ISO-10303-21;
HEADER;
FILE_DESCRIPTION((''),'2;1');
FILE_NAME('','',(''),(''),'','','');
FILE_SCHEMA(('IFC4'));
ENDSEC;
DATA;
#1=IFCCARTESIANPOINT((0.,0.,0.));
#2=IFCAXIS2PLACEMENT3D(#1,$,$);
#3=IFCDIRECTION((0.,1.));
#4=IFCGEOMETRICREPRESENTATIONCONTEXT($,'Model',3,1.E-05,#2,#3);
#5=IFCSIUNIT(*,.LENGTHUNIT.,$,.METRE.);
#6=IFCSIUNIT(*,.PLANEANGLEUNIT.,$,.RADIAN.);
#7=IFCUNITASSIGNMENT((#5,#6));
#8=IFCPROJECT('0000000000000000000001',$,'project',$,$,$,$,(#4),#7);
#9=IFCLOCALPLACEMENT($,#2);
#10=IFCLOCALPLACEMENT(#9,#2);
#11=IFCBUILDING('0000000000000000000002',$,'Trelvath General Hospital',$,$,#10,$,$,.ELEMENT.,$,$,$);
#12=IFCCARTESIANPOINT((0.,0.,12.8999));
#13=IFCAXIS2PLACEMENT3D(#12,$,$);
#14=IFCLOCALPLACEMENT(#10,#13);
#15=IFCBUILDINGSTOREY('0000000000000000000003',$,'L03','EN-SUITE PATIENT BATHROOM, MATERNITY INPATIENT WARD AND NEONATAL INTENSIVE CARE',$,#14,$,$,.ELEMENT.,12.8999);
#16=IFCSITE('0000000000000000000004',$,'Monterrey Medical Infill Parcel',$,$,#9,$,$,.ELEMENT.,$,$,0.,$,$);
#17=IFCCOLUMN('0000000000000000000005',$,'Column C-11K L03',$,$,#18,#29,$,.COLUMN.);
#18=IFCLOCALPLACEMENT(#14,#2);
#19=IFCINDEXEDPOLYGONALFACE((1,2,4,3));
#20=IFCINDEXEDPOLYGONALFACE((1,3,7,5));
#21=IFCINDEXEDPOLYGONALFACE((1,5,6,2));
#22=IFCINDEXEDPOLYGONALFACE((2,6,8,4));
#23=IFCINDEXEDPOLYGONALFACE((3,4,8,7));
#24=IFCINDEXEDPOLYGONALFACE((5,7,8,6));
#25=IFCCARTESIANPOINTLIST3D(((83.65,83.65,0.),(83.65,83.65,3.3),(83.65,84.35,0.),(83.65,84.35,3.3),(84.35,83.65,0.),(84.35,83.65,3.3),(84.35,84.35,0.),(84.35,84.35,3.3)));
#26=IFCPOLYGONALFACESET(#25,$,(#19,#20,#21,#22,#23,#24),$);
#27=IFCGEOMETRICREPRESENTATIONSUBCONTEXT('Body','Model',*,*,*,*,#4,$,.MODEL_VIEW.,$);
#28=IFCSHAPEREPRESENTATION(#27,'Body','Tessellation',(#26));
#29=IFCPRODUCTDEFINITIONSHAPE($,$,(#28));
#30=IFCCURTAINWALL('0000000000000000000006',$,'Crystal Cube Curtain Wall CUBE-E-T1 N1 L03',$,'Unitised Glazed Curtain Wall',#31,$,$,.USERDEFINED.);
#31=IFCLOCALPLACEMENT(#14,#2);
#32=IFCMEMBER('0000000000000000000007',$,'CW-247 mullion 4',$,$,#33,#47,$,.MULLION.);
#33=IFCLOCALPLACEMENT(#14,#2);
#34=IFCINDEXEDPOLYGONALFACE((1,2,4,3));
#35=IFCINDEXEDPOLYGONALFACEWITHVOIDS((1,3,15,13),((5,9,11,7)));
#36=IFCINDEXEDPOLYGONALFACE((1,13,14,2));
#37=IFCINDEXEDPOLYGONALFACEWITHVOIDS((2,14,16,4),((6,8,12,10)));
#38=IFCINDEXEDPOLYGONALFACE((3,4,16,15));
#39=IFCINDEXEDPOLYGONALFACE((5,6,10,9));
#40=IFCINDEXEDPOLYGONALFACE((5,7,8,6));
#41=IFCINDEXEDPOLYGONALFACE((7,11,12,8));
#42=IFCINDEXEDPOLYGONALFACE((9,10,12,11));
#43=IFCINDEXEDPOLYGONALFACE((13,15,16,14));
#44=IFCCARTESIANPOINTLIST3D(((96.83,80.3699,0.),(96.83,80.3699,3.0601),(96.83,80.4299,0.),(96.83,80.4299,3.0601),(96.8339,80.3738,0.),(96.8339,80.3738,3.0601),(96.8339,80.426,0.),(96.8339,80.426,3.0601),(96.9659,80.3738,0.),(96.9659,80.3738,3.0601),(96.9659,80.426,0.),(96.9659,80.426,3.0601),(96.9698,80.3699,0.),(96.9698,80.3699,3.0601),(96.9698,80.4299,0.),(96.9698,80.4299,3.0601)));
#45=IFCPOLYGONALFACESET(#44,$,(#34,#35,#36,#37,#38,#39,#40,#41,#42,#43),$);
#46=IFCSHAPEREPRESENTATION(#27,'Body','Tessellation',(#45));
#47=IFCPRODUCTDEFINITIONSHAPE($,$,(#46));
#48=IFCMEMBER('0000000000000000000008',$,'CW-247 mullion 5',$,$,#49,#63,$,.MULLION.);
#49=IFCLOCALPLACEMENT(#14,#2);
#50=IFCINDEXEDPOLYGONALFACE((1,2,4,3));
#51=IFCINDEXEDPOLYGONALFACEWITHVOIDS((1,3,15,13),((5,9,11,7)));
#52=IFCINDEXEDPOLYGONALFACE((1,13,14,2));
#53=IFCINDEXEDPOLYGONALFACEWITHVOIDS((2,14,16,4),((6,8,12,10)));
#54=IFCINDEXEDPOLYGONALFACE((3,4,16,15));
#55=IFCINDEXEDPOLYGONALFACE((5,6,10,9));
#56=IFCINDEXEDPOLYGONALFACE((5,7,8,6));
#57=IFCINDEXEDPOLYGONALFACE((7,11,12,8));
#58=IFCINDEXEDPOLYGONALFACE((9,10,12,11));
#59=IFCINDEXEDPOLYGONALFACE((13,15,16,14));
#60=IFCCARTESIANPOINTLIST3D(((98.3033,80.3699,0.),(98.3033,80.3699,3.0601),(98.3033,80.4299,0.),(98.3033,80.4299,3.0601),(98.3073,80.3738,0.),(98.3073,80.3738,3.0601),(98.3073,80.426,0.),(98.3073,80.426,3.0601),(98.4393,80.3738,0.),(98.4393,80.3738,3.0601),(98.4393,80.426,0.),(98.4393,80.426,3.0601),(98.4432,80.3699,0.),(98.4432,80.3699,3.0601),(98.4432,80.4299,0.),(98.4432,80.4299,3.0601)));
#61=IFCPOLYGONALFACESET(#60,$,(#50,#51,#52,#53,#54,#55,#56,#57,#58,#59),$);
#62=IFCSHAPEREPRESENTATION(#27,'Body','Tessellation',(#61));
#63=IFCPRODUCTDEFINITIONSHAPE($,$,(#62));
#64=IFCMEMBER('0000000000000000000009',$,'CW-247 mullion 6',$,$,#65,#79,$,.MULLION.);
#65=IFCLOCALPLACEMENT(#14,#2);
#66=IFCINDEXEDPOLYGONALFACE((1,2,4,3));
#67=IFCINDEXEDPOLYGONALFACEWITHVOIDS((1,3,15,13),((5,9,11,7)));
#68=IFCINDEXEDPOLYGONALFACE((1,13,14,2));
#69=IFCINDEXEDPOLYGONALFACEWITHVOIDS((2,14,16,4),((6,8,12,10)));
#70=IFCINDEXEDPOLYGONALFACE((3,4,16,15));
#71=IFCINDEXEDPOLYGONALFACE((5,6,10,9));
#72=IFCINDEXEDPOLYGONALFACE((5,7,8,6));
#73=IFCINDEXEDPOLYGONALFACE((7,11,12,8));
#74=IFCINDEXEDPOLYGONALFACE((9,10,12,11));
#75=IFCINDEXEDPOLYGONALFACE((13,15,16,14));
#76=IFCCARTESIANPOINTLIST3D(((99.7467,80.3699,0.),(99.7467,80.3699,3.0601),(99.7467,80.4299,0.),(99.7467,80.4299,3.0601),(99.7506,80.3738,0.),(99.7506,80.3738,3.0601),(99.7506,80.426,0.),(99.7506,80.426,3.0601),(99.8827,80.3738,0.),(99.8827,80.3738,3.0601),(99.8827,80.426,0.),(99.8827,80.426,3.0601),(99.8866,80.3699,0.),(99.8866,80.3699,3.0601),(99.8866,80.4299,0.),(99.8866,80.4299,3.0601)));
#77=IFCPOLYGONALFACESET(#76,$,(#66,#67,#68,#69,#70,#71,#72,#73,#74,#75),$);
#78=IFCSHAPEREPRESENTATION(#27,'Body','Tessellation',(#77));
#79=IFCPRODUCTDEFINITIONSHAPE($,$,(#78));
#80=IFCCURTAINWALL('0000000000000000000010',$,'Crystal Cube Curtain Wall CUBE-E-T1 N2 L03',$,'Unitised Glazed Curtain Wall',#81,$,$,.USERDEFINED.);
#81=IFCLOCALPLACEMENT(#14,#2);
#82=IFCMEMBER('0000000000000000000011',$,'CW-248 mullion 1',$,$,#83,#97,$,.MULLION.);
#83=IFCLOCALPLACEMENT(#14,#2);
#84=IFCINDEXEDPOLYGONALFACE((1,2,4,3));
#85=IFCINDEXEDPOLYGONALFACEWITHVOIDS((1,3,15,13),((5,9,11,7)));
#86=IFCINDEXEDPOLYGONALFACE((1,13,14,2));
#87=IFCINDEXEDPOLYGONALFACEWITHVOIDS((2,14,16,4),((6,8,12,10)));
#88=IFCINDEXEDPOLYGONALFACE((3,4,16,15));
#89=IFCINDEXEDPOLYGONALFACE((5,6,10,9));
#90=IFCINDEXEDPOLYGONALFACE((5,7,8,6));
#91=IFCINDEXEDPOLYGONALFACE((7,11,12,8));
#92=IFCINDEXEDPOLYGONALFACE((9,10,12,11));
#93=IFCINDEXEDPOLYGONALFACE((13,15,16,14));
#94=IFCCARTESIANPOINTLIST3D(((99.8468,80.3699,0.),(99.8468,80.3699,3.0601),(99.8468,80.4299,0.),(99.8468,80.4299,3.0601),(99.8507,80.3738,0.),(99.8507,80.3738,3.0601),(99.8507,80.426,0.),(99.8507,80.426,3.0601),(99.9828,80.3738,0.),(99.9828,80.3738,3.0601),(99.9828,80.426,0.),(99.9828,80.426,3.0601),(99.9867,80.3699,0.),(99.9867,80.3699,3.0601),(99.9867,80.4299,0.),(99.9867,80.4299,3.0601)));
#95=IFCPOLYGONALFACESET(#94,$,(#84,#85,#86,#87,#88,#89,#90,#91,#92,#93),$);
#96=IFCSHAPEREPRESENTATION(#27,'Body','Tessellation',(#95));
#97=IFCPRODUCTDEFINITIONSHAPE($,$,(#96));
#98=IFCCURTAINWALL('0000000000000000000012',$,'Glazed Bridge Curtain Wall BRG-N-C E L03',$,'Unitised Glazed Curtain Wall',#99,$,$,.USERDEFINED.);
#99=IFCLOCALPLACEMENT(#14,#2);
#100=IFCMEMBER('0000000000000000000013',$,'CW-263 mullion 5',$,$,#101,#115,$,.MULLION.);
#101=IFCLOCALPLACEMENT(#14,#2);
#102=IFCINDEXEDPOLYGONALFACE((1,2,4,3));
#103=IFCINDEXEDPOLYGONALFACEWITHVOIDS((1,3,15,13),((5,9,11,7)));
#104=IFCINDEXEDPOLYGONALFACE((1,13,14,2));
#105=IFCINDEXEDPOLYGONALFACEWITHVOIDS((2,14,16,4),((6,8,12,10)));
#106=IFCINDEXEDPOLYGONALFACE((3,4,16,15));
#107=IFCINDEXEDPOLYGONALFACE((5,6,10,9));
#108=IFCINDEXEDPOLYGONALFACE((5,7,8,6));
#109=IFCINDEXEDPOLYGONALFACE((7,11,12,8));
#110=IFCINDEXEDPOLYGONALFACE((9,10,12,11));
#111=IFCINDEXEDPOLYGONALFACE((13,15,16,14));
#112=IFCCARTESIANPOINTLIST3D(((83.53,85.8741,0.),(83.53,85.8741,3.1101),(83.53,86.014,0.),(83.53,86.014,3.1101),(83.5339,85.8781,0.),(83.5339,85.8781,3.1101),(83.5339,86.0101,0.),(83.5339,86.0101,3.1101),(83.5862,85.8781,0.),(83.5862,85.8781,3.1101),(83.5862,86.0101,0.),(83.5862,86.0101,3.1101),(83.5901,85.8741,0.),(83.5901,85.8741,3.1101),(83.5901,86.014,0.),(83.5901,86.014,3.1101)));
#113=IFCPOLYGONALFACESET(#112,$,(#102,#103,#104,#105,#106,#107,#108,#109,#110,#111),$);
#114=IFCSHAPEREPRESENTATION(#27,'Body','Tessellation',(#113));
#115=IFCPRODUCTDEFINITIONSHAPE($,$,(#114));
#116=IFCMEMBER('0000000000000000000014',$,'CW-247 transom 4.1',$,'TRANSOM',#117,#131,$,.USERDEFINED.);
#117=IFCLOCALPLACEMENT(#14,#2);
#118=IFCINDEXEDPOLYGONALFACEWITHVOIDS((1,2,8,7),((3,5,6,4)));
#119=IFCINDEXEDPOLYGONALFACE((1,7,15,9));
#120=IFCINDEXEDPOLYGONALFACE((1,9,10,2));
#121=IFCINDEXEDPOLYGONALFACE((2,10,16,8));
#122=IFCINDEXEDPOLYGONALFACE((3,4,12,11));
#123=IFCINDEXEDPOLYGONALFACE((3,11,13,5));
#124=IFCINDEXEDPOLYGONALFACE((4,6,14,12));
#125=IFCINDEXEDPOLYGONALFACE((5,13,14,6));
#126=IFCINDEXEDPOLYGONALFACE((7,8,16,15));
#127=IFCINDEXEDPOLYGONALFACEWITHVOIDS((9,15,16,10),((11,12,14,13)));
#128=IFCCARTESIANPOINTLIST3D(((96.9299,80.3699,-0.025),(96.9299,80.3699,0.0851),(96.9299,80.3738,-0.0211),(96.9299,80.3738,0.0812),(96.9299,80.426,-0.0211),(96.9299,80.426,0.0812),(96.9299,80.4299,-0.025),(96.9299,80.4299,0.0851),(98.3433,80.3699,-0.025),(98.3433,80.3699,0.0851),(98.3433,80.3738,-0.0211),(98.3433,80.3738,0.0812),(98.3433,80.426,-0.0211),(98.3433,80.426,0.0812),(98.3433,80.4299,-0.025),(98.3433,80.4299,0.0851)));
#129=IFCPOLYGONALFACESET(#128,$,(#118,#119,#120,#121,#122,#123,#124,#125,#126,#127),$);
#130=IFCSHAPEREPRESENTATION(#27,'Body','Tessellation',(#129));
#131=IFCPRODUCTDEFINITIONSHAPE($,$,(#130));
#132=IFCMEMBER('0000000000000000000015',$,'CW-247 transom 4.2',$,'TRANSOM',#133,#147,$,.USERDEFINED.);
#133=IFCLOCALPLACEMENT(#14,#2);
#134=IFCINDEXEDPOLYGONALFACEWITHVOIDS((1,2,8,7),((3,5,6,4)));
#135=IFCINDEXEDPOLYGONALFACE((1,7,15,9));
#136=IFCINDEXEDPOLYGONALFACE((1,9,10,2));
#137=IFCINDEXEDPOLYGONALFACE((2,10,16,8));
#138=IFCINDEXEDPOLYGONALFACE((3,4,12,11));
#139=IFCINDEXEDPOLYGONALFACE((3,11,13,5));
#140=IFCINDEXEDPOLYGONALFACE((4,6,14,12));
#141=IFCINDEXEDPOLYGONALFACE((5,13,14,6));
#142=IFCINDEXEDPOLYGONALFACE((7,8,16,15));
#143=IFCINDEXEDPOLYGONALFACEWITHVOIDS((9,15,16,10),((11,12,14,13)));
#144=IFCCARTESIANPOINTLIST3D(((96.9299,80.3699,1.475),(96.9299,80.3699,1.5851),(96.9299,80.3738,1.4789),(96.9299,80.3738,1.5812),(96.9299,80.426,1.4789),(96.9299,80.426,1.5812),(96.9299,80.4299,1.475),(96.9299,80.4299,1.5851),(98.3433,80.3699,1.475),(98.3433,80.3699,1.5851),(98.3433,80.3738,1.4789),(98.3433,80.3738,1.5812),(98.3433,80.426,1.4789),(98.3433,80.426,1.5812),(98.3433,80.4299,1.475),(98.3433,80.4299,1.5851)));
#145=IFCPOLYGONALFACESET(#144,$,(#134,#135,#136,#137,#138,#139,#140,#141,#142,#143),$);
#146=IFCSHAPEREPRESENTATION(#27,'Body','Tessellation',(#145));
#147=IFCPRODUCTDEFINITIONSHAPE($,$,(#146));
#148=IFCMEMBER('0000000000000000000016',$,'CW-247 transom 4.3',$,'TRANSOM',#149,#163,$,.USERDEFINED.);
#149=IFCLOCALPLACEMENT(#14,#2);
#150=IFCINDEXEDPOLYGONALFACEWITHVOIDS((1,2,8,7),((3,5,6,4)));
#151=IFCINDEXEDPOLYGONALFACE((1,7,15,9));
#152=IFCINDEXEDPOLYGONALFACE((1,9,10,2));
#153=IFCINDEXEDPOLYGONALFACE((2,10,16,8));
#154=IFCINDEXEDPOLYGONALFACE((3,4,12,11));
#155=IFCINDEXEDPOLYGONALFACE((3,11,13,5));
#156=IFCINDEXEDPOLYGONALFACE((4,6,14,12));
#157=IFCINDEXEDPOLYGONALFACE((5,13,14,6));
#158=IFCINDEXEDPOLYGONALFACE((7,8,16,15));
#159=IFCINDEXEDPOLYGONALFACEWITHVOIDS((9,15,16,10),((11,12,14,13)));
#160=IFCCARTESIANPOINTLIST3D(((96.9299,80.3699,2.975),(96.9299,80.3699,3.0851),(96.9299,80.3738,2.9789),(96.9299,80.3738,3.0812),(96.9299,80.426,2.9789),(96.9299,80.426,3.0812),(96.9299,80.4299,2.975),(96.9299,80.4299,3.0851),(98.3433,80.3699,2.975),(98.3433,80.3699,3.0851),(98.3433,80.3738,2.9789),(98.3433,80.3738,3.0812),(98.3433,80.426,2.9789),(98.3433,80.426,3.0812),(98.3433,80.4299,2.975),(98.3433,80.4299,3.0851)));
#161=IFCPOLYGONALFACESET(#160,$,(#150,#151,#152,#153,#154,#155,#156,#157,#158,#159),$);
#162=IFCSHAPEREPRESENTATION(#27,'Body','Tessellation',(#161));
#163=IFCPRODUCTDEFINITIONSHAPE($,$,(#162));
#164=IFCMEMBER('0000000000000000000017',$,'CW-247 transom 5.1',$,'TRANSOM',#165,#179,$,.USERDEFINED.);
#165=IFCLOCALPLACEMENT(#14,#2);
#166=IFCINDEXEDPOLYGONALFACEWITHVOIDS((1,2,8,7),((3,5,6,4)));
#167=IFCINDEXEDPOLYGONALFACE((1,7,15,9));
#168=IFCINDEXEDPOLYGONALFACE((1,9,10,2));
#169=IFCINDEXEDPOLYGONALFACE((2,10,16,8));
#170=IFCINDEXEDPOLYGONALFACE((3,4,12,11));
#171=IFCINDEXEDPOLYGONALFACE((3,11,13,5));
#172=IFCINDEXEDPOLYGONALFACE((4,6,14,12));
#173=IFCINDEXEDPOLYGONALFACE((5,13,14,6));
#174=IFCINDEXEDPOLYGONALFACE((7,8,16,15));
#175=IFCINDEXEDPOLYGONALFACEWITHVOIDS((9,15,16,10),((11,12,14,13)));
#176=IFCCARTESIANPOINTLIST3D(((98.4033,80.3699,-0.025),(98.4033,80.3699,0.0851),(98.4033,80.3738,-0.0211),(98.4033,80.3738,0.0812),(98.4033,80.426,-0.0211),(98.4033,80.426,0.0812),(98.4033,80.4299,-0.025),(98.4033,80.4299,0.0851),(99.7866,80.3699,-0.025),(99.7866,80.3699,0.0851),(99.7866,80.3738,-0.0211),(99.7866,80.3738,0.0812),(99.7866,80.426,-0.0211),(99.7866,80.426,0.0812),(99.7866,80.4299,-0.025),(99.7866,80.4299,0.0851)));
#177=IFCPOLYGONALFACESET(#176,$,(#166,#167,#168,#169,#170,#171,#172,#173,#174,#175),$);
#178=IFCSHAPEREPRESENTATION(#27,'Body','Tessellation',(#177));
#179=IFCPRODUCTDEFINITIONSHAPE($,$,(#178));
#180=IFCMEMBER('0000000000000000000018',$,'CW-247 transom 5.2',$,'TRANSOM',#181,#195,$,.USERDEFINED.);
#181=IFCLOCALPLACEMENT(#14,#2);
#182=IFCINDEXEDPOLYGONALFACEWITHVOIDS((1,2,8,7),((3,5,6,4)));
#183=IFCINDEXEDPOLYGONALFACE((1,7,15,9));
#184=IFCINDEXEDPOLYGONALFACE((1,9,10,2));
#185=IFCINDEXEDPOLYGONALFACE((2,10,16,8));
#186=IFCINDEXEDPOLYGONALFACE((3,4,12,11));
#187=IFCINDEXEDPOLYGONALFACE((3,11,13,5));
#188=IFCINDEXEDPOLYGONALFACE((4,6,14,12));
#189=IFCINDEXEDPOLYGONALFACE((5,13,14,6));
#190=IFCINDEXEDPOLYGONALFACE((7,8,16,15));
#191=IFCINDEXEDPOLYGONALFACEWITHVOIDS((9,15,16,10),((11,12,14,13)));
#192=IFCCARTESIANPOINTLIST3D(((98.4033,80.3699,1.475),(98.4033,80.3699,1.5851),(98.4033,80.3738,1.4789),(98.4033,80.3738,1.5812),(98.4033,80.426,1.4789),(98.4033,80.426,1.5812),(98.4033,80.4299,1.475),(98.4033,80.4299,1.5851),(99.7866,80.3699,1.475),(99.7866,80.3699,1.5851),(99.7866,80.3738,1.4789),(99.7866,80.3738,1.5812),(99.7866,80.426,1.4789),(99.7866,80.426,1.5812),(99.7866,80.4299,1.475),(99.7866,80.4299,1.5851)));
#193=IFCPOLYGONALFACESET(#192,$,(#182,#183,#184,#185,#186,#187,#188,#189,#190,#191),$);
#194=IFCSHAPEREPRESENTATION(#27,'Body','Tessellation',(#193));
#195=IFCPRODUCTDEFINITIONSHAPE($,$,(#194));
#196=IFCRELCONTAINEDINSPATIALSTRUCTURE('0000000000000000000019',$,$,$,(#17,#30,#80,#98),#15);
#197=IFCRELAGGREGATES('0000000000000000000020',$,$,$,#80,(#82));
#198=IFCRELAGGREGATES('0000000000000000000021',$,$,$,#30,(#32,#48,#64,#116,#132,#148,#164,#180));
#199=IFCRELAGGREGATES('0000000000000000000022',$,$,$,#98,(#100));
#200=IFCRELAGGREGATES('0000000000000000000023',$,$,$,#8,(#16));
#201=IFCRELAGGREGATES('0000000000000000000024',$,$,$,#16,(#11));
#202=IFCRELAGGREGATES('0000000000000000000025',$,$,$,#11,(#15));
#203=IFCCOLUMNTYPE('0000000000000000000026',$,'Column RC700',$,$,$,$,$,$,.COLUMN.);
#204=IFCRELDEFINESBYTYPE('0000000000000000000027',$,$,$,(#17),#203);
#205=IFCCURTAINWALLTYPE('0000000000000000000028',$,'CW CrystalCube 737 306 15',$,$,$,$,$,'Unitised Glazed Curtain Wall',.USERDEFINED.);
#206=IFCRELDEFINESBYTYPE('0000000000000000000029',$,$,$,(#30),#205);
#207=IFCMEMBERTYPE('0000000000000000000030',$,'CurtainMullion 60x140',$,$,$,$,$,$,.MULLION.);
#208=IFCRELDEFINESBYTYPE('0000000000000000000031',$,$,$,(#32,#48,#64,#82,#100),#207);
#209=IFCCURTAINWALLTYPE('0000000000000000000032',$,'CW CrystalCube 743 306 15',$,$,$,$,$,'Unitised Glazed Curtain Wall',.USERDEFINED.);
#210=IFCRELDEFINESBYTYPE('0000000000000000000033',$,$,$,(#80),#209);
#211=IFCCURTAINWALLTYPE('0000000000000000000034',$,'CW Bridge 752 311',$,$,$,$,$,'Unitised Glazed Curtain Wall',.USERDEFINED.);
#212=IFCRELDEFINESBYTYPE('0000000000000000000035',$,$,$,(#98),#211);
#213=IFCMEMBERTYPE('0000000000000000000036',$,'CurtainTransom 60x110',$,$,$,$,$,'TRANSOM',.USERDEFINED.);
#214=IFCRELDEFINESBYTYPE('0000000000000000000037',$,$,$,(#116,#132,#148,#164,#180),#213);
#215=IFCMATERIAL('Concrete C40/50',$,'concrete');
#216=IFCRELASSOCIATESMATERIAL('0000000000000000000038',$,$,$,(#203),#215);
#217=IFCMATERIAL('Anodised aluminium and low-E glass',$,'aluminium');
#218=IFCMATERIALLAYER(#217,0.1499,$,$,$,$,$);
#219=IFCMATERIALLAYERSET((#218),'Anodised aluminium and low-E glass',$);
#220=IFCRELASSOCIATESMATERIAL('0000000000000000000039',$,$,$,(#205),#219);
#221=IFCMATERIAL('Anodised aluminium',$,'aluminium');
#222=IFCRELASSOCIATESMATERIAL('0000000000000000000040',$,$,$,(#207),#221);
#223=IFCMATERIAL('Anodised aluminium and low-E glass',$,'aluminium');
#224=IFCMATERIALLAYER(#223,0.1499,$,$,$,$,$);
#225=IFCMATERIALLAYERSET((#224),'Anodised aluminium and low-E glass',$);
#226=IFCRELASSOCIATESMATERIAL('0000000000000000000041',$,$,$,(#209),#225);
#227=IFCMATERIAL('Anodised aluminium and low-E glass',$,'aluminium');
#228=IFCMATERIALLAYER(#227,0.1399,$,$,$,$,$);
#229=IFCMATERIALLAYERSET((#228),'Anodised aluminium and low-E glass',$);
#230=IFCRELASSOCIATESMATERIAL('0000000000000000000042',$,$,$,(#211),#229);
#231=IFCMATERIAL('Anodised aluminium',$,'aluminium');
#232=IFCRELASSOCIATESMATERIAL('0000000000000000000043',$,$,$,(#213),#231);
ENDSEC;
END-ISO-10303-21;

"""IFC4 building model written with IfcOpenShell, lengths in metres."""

from ifc_helpers import new_model, si_unit, direction, frame, origin, origin_2d, place, context, subcontext, project, spatial, rectangle, hollow_rectangle, extrude, material, layer, layer_set, material_profile, profile_set, type_object, element, aggregate, save


model = new_model("IFC4")

# Units and contexts
model_context = context("Model", 3, precision=1e-05, world=origin(), true_north=direction((0.0, 1.0)))
body_context = subcontext(model_context, "Body", "Model", "MODEL_VIEW")
ifc_project = project(units=[si_unit("LENGTHUNIT", "METRE"), si_unit("PLANEANGLEUNIT", "RADIAN")], contexts=[model_context])

# Site, building, storey
site_placement = place(None, origin())
site = spatial("IfcSite", under=ifc_project, at=site_placement, Name="Monterrey Medical Infill Parcel", CompositionType="ELEMENT", RefElevation=0.0)
building_placement = place(site_placement, origin())
building = spatial("IfcBuilding", under=site, at=building_placement, Name="Trelvath General Hospital", CompositionType="ELEMENT")
storey_placement = place(building_placement, frame((0.0, 0.0, 12.8999)))
storey = spatial("IfcBuildingStorey", under=building, at=storey_placement, Name="L03", Description="EN-SUITE PATIENT BATHROOM, MATERNITY INPATIENT WARD AND NEONATAL INTENSIVE CARE", CompositionType="ELEMENT", Elevation=12.8999)

# Column
ifc_material_1 = material(Name="Concrete C40/50", Category="concrete")
ifc_material_profile_1 = material_profile(ifc_material_1, rectangle(XDim=0.7, YDim=0.7, at=origin_2d()), Name="RC700x700")
ifc_profile_set_1 = profile_set([ifc_material_profile_1], Name="Concrete C40/50")
column_type = type_object("IfcColumnType", Name="Column RC700", PredefinedType="COLUMN", material=ifc_profile_set_1)
column_placement = place(storey_placement, frame((84.0, 84.0, 0.0), z_axis=(0.0, 0.0, 1.0), x_axis=(1.0, 0.0, 0.0)))
element("IfcColumn", 1, at=column_placement, inside=storey, type_object=column_type, Name="Column C-11K L03", PredefinedType="COLUMN", context=body_context, shape_type="SweptSolid", body=[
    extrude(rectangle(XDim=0.7, YDim=0.7, at=origin_2d()), origin(), (0.0, 0.0, 1.0), 3.3),
])

# Curtain wall, members
ifc_material_2 = material(Name="Anodised aluminium and low-E glass", Category="aluminium")
ifc_layer_1 = layer(ifc_material_2, 0.1499)
ifc_layer_set_1 = layer_set([ifc_layer_1], Name="Anodised aluminium and low-E glass")
curtain_wall_type_1 = type_object("IfcCurtainWallType", Name="CW CrystalCube 737 306 15", ElementType="Unitised Glazed Curtain Wall", PredefinedType="USERDEFINED", material=ifc_layer_set_1)
curtain_wall_1_placement = place(storey_placement, origin())
curtain_wall_1 = element("IfcCurtainWall", 2, at=curtain_wall_1_placement, inside=storey, type_object=curtain_wall_type_1, Name="Crystal Cube Curtain Wall CUBE-E-T1 N1 L03", ObjectType="Unitised Glazed Curtain Wall", PredefinedType="USERDEFINED")
ifc_material_3 = material(Name="Anodised aluminium", Category="aluminium")
ifc_material_profile_2 = material_profile(ifc_material_3, hollow_rectangle(XDim=0.0601, YDim=0.1399, WallThickness=0.0039, at=origin_2d()), Name="RHS60x140x4")
ifc_profile_set_2 = profile_set([ifc_material_profile_2], Name="Anodised aluminium")
member_type_1 = type_object("IfcMemberType", Name="CurtainMullion 60x140", PredefinedType="MULLION", material=ifc_profile_set_2)
member_1_placement = place(storey_placement, frame((96.8999, 80.3999, 0.0), z_axis=(0.0, 0.0, 1.0), x_axis=(0.0, 1.0, 0.0)))
member_1 = element("IfcMember", 3, at=member_1_placement, type_object=member_type_1, Name="CW-247 mullion 4", PredefinedType="MULLION", context=body_context, shape_type="SweptSolid", body=[
    extrude(hollow_rectangle(XDim=0.0601, YDim=0.1399, WallThickness=0.0039, at=origin_2d()), origin(), (0.0, 0.0, 1.0), 3.0601),
])
member_2_placement = place(storey_placement, frame((98.3733, 80.3999, 0.0), z_axis=(0.0, 0.0, 1.0), x_axis=(0.0, 1.0, 0.0)))
member_2 = element("IfcMember", 4, at=member_2_placement, type_object=member_type_1, Name="CW-247 mullion 5", PredefinedType="MULLION", context=body_context, shape_type="SweptSolid", body=[
    extrude(hollow_rectangle(XDim=0.0601, YDim=0.1399, WallThickness=0.0039, at=origin_2d()), origin(), (0.0, 0.0, 1.0), 3.0601),
])
member_3_placement = place(storey_placement, frame((99.8167, 80.3999, 0.0), z_axis=(0.0, 0.0, 1.0), x_axis=(0.0, 1.0, 0.0)))
member_3 = element("IfcMember", 5, at=member_3_placement, type_object=member_type_1, Name="CW-247 mullion 6", PredefinedType="MULLION", context=body_context, shape_type="SweptSolid", body=[
    extrude(hollow_rectangle(XDim=0.0601, YDim=0.1399, WallThickness=0.0039, at=origin_2d()), origin(), (0.0, 0.0, 1.0), 3.0601),
])

# Curtain walls, members
ifc_material_4 = material(Name="Anodised aluminium and low-E glass", Category="aluminium")
ifc_layer_2 = layer(ifc_material_4, 0.1499)
ifc_layer_set_2 = layer_set([ifc_layer_2], Name="Anodised aluminium and low-E glass")
curtain_wall_type_2 = type_object("IfcCurtainWallType", Name="CW CrystalCube 743 306 15", ElementType="Unitised Glazed Curtain Wall", PredefinedType="USERDEFINED", material=ifc_layer_set_2)
curtain_wall_2_placement = place(storey_placement, origin())
curtain_wall_2 = element("IfcCurtainWall", 6, at=curtain_wall_2_placement, inside=storey, type_object=curtain_wall_type_2, Name="Crystal Cube Curtain Wall CUBE-E-T1 N2 L03", ObjectType="Unitised Glazed Curtain Wall", PredefinedType="USERDEFINED")
member_4_placement = place(storey_placement, frame((99.9167, 80.3999, 0.0), z_axis=(0.0, 0.0, 1.0), x_axis=(0.0, 1.0, 0.0)))
member_4 = element("IfcMember", 7, at=member_4_placement, type_object=member_type_1, Name="CW-248 mullion 1", PredefinedType="MULLION", context=body_context, shape_type="SweptSolid", body=[
    extrude(hollow_rectangle(XDim=0.0601, YDim=0.1399, WallThickness=0.0039, at=origin_2d()), origin(), (0.0, 0.0, 1.0), 3.0601),
])
ifc_material_5 = material(Name="Anodised aluminium and low-E glass", Category="aluminium")
ifc_layer_3 = layer(ifc_material_5, 0.1399)
ifc_layer_set_3 = layer_set([ifc_layer_3], Name="Anodised aluminium and low-E glass")
curtain_wall_type_3 = type_object("IfcCurtainWallType", Name="CW Bridge 752 311", ElementType="Unitised Glazed Curtain Wall", PredefinedType="USERDEFINED", material=ifc_layer_set_3)
curtain_wall_3_placement = place(storey_placement, origin())
curtain_wall_3 = element("IfcCurtainWall", 8, at=curtain_wall_3_placement, inside=storey, type_object=curtain_wall_type_3, Name="Glazed Bridge Curtain Wall BRG-N-C E L03", ObjectType="Unitised Glazed Curtain Wall", PredefinedType="USERDEFINED")
member_5_placement = place(storey_placement, frame((83.5601, 85.9441, 0.0), z_axis=(0.0, 0.0, 1.0), x_axis=(1.0, 0.0, 0.0)))
member_5 = element("IfcMember", 9, at=member_5_placement, type_object=member_type_1, Name="CW-263 mullion 5", PredefinedType="MULLION", context=body_context, shape_type="SweptSolid", body=[
    extrude(hollow_rectangle(XDim=0.0601, YDim=0.1399, WallThickness=0.0039, at=origin_2d()), origin(), (0.0, 0.0, 1.0), 3.1101),
])

# Members
ifc_material_6 = material(Name="Anodised aluminium", Category="aluminium")
ifc_material_profile_3 = material_profile(ifc_material_6, hollow_rectangle(XDim=0.0601, YDim=0.1101, WallThickness=0.0039, at=origin_2d()), Name="RHS60x110x4")
ifc_profile_set_3 = profile_set([ifc_material_profile_3], Name="Anodised aluminium")
member_type_2 = type_object("IfcMemberType", Name="CurtainTransom 60x110", ElementType="TRANSOM", PredefinedType="USERDEFINED", material=ifc_profile_set_3)
member_6_placement = place(storey_placement, frame((96.9299, 80.3999, 0.03), z_axis=(1.0, 0.0, 0.0), x_axis=(0.0, 1.0, 0.0)))
member_6 = element("IfcMember", 10, at=member_6_placement, type_object=member_type_2, Name="CW-247 transom 4.1", ObjectType="TRANSOM", PredefinedType="USERDEFINED", context=body_context, shape_type="SweptSolid", body=[
    extrude(hollow_rectangle(XDim=0.0601, YDim=0.1101, WallThickness=0.0039, at=origin_2d()), origin(), (0.0, 0.0, 1.0), 1.4133),
])
member_7_placement = place(storey_placement, frame((96.9299, 80.3999, 1.53), z_axis=(1.0, 0.0, 0.0), x_axis=(0.0, 1.0, 0.0)))
member_7 = element("IfcMember", 11, at=member_7_placement, type_object=member_type_2, Name="CW-247 transom 4.2", ObjectType="TRANSOM", PredefinedType="USERDEFINED", context=body_context, shape_type="SweptSolid", body=[
    extrude(hollow_rectangle(XDim=0.0601, YDim=0.1101, WallThickness=0.0039, at=origin_2d()), origin(), (0.0, 0.0, 1.0), 1.4133),
])
member_8_placement = place(storey_placement, frame((96.9299, 80.3999, 3.03), z_axis=(1.0, 0.0, 0.0), x_axis=(0.0, 1.0, 0.0)))
member_8 = element("IfcMember", 12, at=member_8_placement, type_object=member_type_2, Name="CW-247 transom 4.3", ObjectType="TRANSOM", PredefinedType="USERDEFINED", context=body_context, shape_type="SweptSolid", body=[
    extrude(hollow_rectangle(XDim=0.0601, YDim=0.1101, WallThickness=0.0039, at=origin_2d()), origin(), (0.0, 0.0, 1.0), 1.4133),
])
member_9_placement = place(storey_placement, frame((98.4033, 80.3999, 0.03), z_axis=(1.0, 0.0, 0.0), x_axis=(0.0, 1.0, 0.0)))
member_9 = element("IfcMember", 13, at=member_9_placement, type_object=member_type_2, Name="CW-247 transom 5.1", ObjectType="TRANSOM", PredefinedType="USERDEFINED", context=body_context, shape_type="SweptSolid", body=[
    extrude(hollow_rectangle(XDim=0.0601, YDim=0.1101, WallThickness=0.0039, at=origin_2d()), origin(), (0.0, 0.0, 1.0), 1.3833),
])
member_10_placement = place(storey_placement, frame((98.4033, 80.3999, 1.53), z_axis=(1.0, 0.0, 0.0), x_axis=(0.0, 1.0, 0.0)))
member_10 = element("IfcMember", 14, at=member_10_placement, type_object=member_type_2, Name="CW-247 transom 5.2", ObjectType="TRANSOM", PredefinedType="USERDEFINED", context=body_context, shape_type="SweptSolid", body=[
    extrude(hollow_rectangle(XDim=0.0601, YDim=0.1101, WallThickness=0.0039, at=origin_2d()), origin(), (0.0, 0.0, 1.0), 1.3833),
])
aggregate(curtain_wall_2, [member_4])

aggregate(curtain_wall_1, [member_1, member_2, member_3, member_6, member_7, member_8, member_9, member_10])
aggregate(curtain_wall_3, [member_5])

save(model, "model.ifc")
